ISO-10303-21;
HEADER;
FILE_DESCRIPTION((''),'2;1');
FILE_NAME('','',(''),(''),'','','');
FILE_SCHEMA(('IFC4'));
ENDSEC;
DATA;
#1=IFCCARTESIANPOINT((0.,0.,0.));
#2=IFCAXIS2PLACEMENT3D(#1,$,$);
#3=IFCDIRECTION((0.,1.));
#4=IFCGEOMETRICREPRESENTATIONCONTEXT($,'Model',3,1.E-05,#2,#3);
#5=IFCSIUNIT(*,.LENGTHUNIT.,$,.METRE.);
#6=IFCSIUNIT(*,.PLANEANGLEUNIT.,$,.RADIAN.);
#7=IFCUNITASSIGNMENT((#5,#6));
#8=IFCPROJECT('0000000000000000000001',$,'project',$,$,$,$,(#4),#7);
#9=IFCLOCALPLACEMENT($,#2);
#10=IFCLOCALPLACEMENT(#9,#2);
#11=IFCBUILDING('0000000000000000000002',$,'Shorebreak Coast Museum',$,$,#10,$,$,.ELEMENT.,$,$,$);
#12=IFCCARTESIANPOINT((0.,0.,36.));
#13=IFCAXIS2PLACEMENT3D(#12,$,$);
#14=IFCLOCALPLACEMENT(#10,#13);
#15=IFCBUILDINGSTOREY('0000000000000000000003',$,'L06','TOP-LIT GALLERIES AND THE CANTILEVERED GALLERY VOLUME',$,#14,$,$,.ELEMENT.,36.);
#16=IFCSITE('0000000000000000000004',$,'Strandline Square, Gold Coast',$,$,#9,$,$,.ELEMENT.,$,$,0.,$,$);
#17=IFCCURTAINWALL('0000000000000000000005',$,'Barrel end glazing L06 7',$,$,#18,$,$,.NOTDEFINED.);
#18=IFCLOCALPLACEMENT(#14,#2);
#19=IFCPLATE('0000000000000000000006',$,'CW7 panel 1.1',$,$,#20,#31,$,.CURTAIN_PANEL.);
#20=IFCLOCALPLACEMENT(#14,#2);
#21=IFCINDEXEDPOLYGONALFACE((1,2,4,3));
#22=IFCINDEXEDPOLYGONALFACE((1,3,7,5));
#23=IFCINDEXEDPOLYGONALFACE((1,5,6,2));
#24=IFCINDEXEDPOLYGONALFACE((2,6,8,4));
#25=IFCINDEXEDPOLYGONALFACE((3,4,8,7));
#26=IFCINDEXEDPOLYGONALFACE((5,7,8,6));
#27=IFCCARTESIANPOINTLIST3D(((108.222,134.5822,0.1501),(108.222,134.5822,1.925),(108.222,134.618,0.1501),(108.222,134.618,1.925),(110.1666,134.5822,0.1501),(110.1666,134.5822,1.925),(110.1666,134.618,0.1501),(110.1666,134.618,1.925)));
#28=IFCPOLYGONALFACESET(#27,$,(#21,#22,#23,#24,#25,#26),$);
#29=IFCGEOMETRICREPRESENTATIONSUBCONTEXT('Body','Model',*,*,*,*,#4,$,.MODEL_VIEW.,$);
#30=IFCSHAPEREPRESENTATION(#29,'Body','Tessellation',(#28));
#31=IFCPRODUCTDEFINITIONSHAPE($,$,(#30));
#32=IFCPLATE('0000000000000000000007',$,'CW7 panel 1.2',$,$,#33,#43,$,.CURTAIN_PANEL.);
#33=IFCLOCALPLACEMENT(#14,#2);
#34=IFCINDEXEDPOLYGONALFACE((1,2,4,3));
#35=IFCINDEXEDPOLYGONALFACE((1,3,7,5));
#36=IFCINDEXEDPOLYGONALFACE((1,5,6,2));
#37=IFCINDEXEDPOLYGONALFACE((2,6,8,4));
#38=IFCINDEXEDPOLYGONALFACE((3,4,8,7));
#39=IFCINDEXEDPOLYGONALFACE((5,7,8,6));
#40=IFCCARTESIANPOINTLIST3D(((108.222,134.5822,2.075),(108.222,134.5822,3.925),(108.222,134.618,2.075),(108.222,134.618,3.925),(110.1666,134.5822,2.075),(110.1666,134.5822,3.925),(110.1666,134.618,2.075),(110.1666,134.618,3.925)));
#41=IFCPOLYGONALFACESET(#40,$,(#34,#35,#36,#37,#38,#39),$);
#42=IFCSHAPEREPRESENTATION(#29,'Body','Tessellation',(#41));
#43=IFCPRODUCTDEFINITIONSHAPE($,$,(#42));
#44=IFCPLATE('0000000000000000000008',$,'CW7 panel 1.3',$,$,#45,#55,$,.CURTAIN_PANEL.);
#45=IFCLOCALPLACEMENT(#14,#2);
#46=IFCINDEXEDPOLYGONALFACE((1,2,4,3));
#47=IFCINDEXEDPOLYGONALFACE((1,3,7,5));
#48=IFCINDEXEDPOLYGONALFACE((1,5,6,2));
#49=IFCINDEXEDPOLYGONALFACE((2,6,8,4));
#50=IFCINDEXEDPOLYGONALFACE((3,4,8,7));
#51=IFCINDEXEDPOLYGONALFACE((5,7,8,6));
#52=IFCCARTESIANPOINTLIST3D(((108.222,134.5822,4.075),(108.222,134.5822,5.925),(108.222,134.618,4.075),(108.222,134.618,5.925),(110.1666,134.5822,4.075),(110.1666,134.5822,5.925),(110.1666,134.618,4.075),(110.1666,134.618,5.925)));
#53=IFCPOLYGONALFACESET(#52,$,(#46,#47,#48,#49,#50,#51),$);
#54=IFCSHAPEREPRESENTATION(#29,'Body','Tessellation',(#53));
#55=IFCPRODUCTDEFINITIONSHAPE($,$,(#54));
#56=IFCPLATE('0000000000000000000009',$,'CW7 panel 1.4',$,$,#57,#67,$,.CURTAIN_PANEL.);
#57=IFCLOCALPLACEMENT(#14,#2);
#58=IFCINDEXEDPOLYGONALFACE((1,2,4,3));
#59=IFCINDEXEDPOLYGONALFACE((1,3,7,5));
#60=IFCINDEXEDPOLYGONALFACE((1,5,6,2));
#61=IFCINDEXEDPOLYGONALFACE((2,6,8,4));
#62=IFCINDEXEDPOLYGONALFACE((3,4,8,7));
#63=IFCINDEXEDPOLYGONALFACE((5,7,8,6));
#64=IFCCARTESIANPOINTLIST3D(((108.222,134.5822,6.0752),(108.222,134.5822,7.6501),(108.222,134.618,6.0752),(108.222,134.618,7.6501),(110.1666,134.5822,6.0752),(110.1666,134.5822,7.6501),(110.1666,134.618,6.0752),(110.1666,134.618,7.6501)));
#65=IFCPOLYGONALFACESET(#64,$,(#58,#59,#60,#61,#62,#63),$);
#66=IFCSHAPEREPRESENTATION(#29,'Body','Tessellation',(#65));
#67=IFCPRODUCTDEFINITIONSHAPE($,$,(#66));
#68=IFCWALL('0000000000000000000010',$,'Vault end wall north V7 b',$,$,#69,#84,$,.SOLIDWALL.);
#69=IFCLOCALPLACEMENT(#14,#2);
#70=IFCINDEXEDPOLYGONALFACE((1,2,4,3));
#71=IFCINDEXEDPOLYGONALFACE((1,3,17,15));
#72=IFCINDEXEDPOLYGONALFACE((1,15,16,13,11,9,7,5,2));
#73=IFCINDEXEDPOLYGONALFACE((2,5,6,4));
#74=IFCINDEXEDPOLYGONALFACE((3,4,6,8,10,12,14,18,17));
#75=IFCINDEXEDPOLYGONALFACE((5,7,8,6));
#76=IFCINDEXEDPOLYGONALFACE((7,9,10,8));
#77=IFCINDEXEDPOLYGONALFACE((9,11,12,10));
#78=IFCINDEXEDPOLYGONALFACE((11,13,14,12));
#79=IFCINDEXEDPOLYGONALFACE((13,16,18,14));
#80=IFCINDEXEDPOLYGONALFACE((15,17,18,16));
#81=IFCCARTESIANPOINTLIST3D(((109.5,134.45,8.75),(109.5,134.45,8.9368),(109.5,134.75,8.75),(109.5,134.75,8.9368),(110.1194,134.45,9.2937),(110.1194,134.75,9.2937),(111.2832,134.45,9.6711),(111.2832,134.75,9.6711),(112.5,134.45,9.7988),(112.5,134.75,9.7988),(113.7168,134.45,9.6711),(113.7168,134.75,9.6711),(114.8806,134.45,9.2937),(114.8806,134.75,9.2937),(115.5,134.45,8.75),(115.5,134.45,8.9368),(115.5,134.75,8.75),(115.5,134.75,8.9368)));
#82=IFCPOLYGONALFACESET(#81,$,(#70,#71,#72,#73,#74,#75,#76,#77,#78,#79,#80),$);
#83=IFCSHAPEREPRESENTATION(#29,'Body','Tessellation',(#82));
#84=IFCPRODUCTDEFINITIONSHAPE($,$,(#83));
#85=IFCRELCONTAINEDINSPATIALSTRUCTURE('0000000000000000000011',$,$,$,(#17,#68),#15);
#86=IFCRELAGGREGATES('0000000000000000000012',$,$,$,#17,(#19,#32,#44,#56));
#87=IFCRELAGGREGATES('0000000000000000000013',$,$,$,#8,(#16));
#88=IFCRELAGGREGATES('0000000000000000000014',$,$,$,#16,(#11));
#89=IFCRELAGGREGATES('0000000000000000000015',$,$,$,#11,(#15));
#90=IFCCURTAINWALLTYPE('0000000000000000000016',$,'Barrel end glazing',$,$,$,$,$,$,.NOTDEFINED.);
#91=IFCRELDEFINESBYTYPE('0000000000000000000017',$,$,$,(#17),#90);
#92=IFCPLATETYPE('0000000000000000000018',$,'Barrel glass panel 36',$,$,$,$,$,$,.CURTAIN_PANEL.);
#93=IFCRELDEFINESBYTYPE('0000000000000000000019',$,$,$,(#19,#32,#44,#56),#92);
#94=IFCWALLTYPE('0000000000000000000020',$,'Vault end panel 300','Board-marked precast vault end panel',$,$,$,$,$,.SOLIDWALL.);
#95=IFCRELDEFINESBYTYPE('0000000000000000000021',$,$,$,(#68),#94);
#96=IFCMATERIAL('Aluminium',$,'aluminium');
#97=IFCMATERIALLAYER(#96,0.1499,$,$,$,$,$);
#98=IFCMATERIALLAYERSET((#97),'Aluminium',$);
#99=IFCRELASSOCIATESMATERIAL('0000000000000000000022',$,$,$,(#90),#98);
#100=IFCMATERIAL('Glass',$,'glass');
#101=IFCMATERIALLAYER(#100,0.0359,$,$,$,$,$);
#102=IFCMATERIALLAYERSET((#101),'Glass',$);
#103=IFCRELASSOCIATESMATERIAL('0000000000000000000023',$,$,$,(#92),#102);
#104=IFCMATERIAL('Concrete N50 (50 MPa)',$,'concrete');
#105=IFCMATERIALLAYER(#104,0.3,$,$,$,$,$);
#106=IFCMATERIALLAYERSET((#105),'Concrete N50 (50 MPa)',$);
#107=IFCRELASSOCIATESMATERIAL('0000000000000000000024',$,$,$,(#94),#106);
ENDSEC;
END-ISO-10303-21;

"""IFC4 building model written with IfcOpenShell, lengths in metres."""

from ifc_helpers import new_model, si_unit, direction, frame, origin, origin_2d, place, context, subcontext, project, spatial, polyline, rectangle, outline, extrude, material, layer, layer_set, type_object, element, aggregate, save


model = new_model("IFC4")

# Units and contexts
model_context = context("Model", 3, precision=1e-05, world=origin(), true_north=direction((0.0, 1.0)))
body_context = subcontext(model_context, "Body", "Model", "MODEL_VIEW")
ifc_project = project(units=[si_unit("LENGTHUNIT", "METRE"), si_unit("PLANEANGLEUNIT", "RADIAN")], contexts=[model_context])

# Site, building, storey
site_placement = place(None, origin())
site = spatial("IfcSite", under=ifc_project, at=site_placement, Name="Strandline Square, Gold Coast", CompositionType="ELEMENT", RefElevation=0.0)
building_placement = place(site_placement, origin())
building = spatial("IfcBuilding", under=site, at=building_placement, Name="Shorebreak Coast Museum", CompositionType="ELEMENT")
storey_placement = place(building_placement, frame((0.0, 0.0, 36.0)))
storey = spatial("IfcBuildingStorey", under=building, at=storey_placement, Name="L06", Description="TOP-LIT GALLERIES AND THE CANTILEVERED GALLERY VOLUME", CompositionType="ELEMENT", Elevation=36.0)

# Curtain wall
ifc_material_1 = material(Name="Aluminium", Category="aluminium")
ifc_layer_1 = layer(ifc_material_1, 0.1499)
ifc_layer_set_1 = layer_set([ifc_layer_1], Name="Aluminium")
curtain_wall_type_1 = type_object("IfcCurtainWallType", Name="Barrel end glazing", PredefinedType="NOTDEFINED", material=ifc_layer_set_1)
curtain_wall_1_placement = place(storey_placement, origin())
curtain_wall_1 = element("IfcCurtainWall", 1, at=curtain_wall_1_placement, inside=storey, type_object=curtain_wall_type_1, Name="Barrel end glazing L06 7", PredefinedType="NOTDEFINED")

# Plates
ifc_material_2 = material(Name="Glass", Category="glass")
ifc_layer_2 = layer(ifc_material_2, 0.0359)
ifc_layer_set_2 = layer_set([ifc_layer_2], Name="Glass")
plate_type = type_object("IfcPlateType", Name="Barrel glass panel 36", PredefinedType="CURTAIN_PANEL", material=ifc_layer_set_2)
plate_1_placement = place(storey_placement, frame((109.1943, 134.6001, 0.1501), z_axis=(0.0, 0.0, 1.0), x_axis=(1.0, 0.0, 0.0)))
plate_1 = element("IfcPlate", 2, at=plate_1_placement, type_object=plate_type, Name="CW7 panel 1.1", PredefinedType="CURTAIN_PANEL", context=body_context, shape_type="SweptSolid", body=[
    extrude(rectangle(XDim=1.9446, YDim=0.0359, at=origin_2d()), origin(), (0.0, 0.0, 1.0), 1.7749),
])
plate_2_placement = place(storey_placement, frame((109.1943, 134.6001, 2.075), z_axis=(0.0, 0.0, 1.0), x_axis=(1.0, 0.0, 0.0)))
plate_2 = element("IfcPlate", 3, at=plate_2_placement, type_object=plate_type, Name="CW7 panel 1.2", PredefinedType="CURTAIN_PANEL", context=body_context, shape_type="SweptSolid", body=[
    extrude(rectangle(XDim=1.9446, YDim=0.0359, at=origin_2d()), origin(), (0.0, 0.0, 1.0), 1.8501),
])
plate_3_placement = place(storey_placement, frame((109.1943, 134.6001, 4.075), z_axis=(0.0, 0.0, 1.0), x_axis=(1.0, 0.0, 0.0)))
plate_3 = element("IfcPlate", 4, at=plate_3_placement, type_object=plate_type, Name="CW7 panel 1.3", PredefinedType="CURTAIN_PANEL", context=body_context, shape_type="SweptSolid", body=[
    extrude(rectangle(XDim=1.9446, YDim=0.0359, at=origin_2d()), origin(), (0.0, 0.0, 1.0), 1.8501),
])
plate_4_placement = place(storey_placement, frame((109.1943, 134.6001, 6.0752), z_axis=(0.0, 0.0, 1.0), x_axis=(1.0, 0.0, 0.0)))
plate_4 = element("IfcPlate", 5, at=plate_4_placement, type_object=plate_type, Name="CW7 panel 1.4", PredefinedType="CURTAIN_PANEL", context=body_context, shape_type="SweptSolid", body=[
    extrude(rectangle(XDim=1.9446, YDim=0.0359, at=origin_2d()), origin(), (0.0, 0.0, 1.0), 1.575),
])
aggregate(curtain_wall_1, [plate_1, plate_2, plate_3, plate_4])

# Wall
ifc_material_3 = material(Name="Concrete N50 (50 MPa)", Category="concrete")
ifc_layer_3 = layer(ifc_material_3, 0.3)
ifc_layer_set_3 = layer_set([ifc_layer_3], Name="Concrete N50 (50 MPa)")
wall_type = type_object("IfcWallType", Name="Vault end panel 300", Description="Board-marked precast vault end panel", PredefinedType="SOLIDWALL", material=ifc_layer_set_3)
wall_placement = place(storey_placement, frame((109.5, 134.6001, 8.75), z_axis=(0.0, 0.0, 1.0), x_axis=(1.0, 0.0, 0.0)))
element("IfcWall", 6, at=wall_placement, inside=storey, type_object=wall_type, Name="Vault end wall north V7 b", PredefinedType="SOLIDWALL", context=body_context, shape_type="SweptSolid", body=[
    extrude(outline(polyline([(0.0, 0.0), (6.0, 0.0), (6.0, 0.1868), (5.3806, 0.5437), (4.2168, 0.9211), (3.0, 1.0488), (1.7832, 0.9211), (0.6194, 0.5437), (0.0, 0.1868), (0.0, 0.0)])), frame((0.0, 0.1499, 0.0), z_axis=(0.0, -1.0, 0.0), x_axis=(1.0, 0.0, 0.0)), (0.0, 0.0, 1.0), 0.3),
])

save(model, "model.ifc")
